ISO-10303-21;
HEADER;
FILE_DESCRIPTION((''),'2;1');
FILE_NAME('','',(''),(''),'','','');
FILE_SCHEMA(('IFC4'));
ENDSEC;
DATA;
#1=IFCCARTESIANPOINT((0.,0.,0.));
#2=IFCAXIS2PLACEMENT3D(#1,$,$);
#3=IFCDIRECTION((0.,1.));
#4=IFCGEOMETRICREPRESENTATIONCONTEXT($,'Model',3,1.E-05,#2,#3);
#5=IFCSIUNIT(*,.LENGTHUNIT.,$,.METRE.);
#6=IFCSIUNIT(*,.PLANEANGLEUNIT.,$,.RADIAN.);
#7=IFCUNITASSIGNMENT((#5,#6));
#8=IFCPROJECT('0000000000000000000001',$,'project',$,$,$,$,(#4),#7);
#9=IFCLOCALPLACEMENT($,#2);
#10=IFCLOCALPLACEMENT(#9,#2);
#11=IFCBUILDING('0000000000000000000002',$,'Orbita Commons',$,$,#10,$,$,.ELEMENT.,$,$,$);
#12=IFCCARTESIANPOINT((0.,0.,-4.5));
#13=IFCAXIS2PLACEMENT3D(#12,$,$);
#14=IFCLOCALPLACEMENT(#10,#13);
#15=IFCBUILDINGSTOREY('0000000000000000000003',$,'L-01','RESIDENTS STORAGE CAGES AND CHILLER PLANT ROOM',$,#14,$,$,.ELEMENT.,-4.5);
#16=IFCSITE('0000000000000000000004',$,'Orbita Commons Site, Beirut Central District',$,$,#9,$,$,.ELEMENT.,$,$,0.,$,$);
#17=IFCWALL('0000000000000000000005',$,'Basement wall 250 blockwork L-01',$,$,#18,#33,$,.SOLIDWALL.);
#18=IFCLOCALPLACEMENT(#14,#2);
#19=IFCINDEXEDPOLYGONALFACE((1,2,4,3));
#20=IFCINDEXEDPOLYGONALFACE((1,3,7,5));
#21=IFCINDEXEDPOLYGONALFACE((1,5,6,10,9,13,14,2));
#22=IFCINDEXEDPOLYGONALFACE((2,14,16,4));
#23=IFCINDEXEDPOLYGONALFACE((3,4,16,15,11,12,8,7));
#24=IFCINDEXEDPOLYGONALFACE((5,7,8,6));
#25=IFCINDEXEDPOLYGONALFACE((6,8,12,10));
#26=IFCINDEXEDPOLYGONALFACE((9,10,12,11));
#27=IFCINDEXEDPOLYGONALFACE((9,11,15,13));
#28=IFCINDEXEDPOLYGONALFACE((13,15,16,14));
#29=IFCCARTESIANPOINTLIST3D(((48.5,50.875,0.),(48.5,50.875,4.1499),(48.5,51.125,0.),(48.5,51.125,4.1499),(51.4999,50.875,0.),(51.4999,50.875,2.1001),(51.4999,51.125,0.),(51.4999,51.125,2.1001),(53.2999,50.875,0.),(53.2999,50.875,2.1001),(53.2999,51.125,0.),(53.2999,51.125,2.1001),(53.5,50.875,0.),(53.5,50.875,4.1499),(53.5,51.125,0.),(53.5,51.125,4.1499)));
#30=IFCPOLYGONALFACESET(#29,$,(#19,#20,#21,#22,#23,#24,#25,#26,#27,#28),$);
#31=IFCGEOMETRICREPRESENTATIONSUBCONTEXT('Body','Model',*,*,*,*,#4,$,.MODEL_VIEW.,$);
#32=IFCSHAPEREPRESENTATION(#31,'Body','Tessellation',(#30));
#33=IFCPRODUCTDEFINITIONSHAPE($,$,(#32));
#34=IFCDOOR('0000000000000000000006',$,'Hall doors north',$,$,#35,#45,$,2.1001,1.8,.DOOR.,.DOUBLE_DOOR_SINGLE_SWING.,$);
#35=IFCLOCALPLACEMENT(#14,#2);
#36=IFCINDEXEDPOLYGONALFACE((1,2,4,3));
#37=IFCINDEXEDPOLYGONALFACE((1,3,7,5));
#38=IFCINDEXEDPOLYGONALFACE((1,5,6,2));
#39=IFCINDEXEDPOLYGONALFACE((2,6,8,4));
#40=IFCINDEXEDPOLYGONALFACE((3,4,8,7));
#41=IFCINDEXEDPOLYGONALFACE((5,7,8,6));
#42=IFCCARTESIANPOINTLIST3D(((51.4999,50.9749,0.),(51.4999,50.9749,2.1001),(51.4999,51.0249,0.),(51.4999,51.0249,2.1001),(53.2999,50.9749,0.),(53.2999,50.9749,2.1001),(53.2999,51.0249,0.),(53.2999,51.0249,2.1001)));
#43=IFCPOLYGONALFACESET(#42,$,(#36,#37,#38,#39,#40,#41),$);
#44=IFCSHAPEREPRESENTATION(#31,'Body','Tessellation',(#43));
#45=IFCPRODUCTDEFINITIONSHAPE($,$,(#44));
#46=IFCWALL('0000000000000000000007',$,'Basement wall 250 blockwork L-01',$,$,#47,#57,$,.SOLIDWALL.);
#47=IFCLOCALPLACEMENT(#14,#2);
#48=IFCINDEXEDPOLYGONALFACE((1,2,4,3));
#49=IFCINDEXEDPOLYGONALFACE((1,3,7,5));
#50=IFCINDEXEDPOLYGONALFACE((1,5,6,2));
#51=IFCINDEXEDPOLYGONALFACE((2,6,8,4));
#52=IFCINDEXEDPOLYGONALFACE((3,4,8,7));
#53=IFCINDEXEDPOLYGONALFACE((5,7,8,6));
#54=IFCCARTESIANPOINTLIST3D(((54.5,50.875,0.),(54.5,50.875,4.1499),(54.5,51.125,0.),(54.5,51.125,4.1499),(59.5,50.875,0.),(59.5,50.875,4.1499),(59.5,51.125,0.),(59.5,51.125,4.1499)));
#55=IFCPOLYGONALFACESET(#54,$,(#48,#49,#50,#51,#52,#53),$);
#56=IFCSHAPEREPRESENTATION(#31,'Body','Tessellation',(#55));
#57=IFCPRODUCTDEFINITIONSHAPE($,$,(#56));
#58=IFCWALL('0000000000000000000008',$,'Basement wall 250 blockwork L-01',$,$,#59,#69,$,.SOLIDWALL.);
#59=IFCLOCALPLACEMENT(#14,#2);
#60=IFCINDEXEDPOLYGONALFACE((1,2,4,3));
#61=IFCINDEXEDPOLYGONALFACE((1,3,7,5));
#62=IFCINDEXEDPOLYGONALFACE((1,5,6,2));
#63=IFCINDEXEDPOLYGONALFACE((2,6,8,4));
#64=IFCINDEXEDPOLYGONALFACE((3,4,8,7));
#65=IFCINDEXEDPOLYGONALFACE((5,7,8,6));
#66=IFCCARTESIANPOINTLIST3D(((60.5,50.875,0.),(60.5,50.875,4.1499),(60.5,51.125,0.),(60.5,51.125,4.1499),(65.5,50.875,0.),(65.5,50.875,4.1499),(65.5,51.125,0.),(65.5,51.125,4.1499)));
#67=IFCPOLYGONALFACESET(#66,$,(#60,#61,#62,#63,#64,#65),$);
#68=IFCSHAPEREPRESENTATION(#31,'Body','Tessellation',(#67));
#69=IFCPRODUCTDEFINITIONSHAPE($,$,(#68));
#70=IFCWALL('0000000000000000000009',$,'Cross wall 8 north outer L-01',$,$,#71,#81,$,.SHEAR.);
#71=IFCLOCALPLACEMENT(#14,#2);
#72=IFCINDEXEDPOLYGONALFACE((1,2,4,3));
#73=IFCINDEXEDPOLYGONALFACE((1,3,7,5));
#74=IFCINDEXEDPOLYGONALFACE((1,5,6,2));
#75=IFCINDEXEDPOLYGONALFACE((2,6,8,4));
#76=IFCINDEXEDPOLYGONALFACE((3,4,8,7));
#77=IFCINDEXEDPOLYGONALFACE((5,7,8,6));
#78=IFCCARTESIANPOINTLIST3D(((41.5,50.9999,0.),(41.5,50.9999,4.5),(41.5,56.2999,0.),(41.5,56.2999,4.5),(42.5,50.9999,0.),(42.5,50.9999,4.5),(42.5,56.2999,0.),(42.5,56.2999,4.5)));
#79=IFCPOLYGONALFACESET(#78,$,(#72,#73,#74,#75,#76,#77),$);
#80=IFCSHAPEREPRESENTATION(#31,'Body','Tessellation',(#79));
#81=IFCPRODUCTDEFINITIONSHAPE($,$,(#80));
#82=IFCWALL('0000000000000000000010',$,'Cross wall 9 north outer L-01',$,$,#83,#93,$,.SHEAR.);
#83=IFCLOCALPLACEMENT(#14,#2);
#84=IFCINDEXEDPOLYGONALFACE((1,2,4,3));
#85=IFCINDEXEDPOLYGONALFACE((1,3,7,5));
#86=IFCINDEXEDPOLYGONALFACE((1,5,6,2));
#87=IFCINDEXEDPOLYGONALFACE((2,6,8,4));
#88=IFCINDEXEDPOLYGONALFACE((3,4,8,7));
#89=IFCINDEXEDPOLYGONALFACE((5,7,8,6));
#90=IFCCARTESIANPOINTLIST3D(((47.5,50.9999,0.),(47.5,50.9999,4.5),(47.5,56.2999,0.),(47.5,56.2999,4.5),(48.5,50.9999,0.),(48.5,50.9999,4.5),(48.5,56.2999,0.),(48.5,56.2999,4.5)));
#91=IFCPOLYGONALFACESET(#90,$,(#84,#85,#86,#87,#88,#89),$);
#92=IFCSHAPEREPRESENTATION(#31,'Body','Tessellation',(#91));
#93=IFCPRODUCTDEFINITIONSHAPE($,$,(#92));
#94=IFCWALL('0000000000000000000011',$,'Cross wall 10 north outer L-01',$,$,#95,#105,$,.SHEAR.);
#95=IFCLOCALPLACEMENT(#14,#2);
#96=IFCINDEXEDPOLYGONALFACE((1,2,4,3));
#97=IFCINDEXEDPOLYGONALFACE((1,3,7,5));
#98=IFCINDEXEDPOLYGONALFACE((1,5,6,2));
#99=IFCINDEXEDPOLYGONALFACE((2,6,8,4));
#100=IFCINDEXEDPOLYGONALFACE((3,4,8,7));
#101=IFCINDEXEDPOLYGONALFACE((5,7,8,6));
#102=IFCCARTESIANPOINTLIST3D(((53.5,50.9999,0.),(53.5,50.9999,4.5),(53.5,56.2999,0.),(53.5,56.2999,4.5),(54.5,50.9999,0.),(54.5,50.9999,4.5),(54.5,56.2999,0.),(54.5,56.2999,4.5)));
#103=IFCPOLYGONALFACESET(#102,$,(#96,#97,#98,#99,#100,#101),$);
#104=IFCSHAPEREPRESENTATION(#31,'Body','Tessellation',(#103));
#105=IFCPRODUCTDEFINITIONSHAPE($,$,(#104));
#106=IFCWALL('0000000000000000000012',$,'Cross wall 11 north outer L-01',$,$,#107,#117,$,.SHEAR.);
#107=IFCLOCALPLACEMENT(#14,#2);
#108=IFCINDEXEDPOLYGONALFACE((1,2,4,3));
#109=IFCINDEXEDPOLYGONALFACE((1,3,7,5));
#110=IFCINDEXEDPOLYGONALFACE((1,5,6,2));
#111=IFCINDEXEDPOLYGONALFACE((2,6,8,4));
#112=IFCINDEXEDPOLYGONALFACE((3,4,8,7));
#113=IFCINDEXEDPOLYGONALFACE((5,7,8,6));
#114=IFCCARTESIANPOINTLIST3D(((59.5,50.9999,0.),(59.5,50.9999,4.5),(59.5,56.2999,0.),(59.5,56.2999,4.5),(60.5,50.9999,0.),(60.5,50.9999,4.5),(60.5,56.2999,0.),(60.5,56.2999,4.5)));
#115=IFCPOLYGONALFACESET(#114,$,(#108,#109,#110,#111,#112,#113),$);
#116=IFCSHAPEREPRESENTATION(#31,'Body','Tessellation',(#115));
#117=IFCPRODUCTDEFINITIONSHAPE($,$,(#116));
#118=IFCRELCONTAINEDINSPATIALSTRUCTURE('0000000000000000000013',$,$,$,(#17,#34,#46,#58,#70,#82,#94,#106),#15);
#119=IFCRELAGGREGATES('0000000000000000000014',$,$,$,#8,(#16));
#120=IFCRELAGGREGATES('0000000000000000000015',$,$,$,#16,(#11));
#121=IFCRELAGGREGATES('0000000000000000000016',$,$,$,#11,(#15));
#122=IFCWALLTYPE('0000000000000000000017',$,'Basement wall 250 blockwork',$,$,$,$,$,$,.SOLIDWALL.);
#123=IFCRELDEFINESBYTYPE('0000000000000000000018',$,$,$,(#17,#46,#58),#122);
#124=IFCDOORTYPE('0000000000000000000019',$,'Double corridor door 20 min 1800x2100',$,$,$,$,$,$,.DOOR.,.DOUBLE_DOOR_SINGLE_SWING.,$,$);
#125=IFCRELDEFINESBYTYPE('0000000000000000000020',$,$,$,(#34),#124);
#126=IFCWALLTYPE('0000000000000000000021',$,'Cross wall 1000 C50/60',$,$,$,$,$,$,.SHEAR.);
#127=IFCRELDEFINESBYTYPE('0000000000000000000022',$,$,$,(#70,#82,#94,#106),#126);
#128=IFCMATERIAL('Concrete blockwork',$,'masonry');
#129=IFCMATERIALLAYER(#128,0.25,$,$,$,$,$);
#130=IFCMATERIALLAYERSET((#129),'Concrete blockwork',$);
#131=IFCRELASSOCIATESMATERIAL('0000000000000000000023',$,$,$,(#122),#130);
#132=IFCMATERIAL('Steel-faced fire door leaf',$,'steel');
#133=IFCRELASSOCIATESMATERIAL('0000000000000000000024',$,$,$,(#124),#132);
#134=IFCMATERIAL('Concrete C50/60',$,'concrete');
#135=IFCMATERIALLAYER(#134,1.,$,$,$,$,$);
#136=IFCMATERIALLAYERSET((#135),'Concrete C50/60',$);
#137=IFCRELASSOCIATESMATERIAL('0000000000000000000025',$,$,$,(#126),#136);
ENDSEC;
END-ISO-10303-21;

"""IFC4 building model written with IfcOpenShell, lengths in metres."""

from ifc_helpers import new_model, si_unit, direction, frame, frame_2d, origin, place, context, subcontext, project, spatial, rectangle, extrude, material, layer, layer_set, type_object, element, fill, save


model = new_model("IFC4")

# Units and contexts
model_context = context("Model", 3, precision=1e-05, world=origin(), true_north=direction((0.0, 1.0)))
body_context = subcontext(model_context, "Body", "Model", "MODEL_VIEW")
ifc_project = project(units=[si_unit("LENGTHUNIT", "METRE"), si_unit("PLANEANGLEUNIT", "RADIAN")], contexts=[model_context])

# Site, building, storey
site_placement = place(None, origin())
site = spatial("IfcSite", under=ifc_project, at=site_placement, Name="Orbita Commons Site, Beirut Central District", CompositionType="ELEMENT", RefElevation=0.0)
building_placement = place(site_placement, origin())
building = spatial("IfcBuilding", under=site, at=building_placement, Name="Orbita Commons", CompositionType="ELEMENT")
storey_placement = place(building_placement, frame((0.0, 0.0, -4.5)))
storey = spatial("IfcBuildingStorey", under=building, at=storey_placement, Name="L-01", Description="RESIDENTS STORAGE CAGES AND CHILLER PLANT ROOM", CompositionType="ELEMENT", Elevation=-4.5)

# Shared definitions
ifc_material_1 = material(Name="Concrete blockwork", Category="masonry")
ifc_layer_1 = layer(ifc_material_1, 0.25)
ifc_layer_set_1 = layer_set([ifc_layer_1], Name="Concrete blockwork")
wall_type_1 = type_object("IfcWallType", Name="Basement wall 250 blockwork", PredefinedType="SOLIDWALL", material=ifc_layer_set_1)

# Wall, opening, door
wall_placement = place(storey_placement, frame((48.5, 51.0, 0.0), z_axis=(0.0, 0.0, 1.0), x_axis=(1.0, 0.0, 0.0)))
wall = element("IfcWall", 1, at=wall_placement, inside=storey, type_object=wall_type_1, Name="Basement wall 250 blockwork L-01", PredefinedType="SOLIDWALL", context=body_context, shape_type="SweptSolid", body=[
    extrude(rectangle(XDim=5.0, YDim=0.25, at=frame_2d((2.5, 0.0))), origin(), (0.0, 0.0, 1.0), 4.1499),
])
opening_placement = place(wall_placement, frame((3.0, 0.0, 0.0)))
opening = element("IfcOpeningElement", 2, at=opening_placement, cuts=wall, PredefinedType="OPENING", context=body_context, shape_type="SweptSolid", body=[
    extrude(rectangle(XDim=1.8, YDim=2.1001, at=frame_2d((0.8999, 1.05))), frame((0.0, 0.135, 0.0), z_axis=(0.0, -1.0, 0.0), x_axis=(1.0, 0.0, 0.0)), (0.0, 0.0, 1.0), 0.27),
])
ifc_material_2 = material(Name="Steel-faced fire door leaf", Category="steel")
door_type = type_object("IfcDoorType", Name="Double corridor door 20 min 1800x2100", OperationType="DOUBLE_DOOR_SINGLE_SWING", PredefinedType="DOOR", material=ifc_material_2)
door_placement = place(opening_placement, origin())
door = element("IfcDoor", 3, at=door_placement, inside=storey, type_object=door_type, Name="Hall doors north", OperationType="DOUBLE_DOOR_SINGLE_SWING", OverallHeight=2.1001, OverallWidth=1.8, PredefinedType="DOOR", context=body_context, shape_type="SweptSolid", body=[
    extrude(rectangle(XDim=1.8, YDim=2.1001, at=frame_2d((0.8999, 1.05))), frame((0.0, 0.0249, 0.0), z_axis=(0.0, -1.0, 0.0), x_axis=(1.0, 0.0, 0.0)), (0.0, 0.0, 1.0), 0.05),
])
fill(opening, door)

# Walls
for number, where, z_axis, x_axis, name in (
    (4, (54.5, 51.0, 0.0), (0.0, 0.0, 1.0), (1.0, 0.0, 0.0), "Basement wall 250 blockwork L-01"),
    (5, (60.5, 51.0, 0.0), (0.0, 0.0, 1.0), (1.0, 0.0, 0.0), "Basement wall 250 blockwork L-01"),
):
    element("IfcWall", number, at=place(storey_placement, frame(where, z_axis=z_axis, x_axis=x_axis)), inside=storey, type_object=wall_type_1, Name=name, PredefinedType="SOLIDWALL", context=body_context, shape_type="SweptSolid", body=[
        extrude(rectangle(XDim=5.0, YDim=0.25, at=frame_2d((2.5, 0.0))), origin(), (0.0, 0.0, 1.0), 4.1499),
    ])
ifc_material_3 = material(Name="Concrete C50/60", Category="concrete")
ifc_layer_2 = layer(ifc_material_3, 1.0)
ifc_layer_set_2 = layer_set([ifc_layer_2], Name="Concrete C50/60")
wall_type_2 = type_object("IfcWallType", Name="Cross wall 1000 C50/60", PredefinedType="SHEAR", material=ifc_layer_set_2)
for number, where, z_axis, x_axis, name in (
    (6, (42.0, 51.0, 0.0), (0.0, 0.0, 1.0), (0.0, 1.0, 0.0), "Cross wall 8 north outer L-01"),
    (7, (48.0, 51.0, 0.0), (0.0, 0.0, 1.0), (0.0, 1.0, 0.0), "Cross wall 9 north outer L-01"),
    (8, (54.0, 51.0, 0.0), (0.0, 0.0, 1.0), (0.0, 1.0, 0.0), "Cross wall 10 north outer L-01"),
    (9, (60.0, 51.0, 0.0), (0.0, 0.0, 1.0), (0.0, 1.0, 0.0), "Cross wall 11 north outer L-01"),
):
    element("IfcWall", number, at=place(storey_placement, frame(where, z_axis=z_axis, x_axis=x_axis)), inside=storey, type_object=wall_type_2, Name=name, PredefinedType="SHEAR", context=body_context, shape_type="SweptSolid", body=[
        extrude(rectangle(XDim=5.3, YDim=1.0, at=frame_2d((2.6499, 0.0))), origin(), (0.0, 0.0, 1.0), 4.5),
    ])

save(model, "model.ifc")
